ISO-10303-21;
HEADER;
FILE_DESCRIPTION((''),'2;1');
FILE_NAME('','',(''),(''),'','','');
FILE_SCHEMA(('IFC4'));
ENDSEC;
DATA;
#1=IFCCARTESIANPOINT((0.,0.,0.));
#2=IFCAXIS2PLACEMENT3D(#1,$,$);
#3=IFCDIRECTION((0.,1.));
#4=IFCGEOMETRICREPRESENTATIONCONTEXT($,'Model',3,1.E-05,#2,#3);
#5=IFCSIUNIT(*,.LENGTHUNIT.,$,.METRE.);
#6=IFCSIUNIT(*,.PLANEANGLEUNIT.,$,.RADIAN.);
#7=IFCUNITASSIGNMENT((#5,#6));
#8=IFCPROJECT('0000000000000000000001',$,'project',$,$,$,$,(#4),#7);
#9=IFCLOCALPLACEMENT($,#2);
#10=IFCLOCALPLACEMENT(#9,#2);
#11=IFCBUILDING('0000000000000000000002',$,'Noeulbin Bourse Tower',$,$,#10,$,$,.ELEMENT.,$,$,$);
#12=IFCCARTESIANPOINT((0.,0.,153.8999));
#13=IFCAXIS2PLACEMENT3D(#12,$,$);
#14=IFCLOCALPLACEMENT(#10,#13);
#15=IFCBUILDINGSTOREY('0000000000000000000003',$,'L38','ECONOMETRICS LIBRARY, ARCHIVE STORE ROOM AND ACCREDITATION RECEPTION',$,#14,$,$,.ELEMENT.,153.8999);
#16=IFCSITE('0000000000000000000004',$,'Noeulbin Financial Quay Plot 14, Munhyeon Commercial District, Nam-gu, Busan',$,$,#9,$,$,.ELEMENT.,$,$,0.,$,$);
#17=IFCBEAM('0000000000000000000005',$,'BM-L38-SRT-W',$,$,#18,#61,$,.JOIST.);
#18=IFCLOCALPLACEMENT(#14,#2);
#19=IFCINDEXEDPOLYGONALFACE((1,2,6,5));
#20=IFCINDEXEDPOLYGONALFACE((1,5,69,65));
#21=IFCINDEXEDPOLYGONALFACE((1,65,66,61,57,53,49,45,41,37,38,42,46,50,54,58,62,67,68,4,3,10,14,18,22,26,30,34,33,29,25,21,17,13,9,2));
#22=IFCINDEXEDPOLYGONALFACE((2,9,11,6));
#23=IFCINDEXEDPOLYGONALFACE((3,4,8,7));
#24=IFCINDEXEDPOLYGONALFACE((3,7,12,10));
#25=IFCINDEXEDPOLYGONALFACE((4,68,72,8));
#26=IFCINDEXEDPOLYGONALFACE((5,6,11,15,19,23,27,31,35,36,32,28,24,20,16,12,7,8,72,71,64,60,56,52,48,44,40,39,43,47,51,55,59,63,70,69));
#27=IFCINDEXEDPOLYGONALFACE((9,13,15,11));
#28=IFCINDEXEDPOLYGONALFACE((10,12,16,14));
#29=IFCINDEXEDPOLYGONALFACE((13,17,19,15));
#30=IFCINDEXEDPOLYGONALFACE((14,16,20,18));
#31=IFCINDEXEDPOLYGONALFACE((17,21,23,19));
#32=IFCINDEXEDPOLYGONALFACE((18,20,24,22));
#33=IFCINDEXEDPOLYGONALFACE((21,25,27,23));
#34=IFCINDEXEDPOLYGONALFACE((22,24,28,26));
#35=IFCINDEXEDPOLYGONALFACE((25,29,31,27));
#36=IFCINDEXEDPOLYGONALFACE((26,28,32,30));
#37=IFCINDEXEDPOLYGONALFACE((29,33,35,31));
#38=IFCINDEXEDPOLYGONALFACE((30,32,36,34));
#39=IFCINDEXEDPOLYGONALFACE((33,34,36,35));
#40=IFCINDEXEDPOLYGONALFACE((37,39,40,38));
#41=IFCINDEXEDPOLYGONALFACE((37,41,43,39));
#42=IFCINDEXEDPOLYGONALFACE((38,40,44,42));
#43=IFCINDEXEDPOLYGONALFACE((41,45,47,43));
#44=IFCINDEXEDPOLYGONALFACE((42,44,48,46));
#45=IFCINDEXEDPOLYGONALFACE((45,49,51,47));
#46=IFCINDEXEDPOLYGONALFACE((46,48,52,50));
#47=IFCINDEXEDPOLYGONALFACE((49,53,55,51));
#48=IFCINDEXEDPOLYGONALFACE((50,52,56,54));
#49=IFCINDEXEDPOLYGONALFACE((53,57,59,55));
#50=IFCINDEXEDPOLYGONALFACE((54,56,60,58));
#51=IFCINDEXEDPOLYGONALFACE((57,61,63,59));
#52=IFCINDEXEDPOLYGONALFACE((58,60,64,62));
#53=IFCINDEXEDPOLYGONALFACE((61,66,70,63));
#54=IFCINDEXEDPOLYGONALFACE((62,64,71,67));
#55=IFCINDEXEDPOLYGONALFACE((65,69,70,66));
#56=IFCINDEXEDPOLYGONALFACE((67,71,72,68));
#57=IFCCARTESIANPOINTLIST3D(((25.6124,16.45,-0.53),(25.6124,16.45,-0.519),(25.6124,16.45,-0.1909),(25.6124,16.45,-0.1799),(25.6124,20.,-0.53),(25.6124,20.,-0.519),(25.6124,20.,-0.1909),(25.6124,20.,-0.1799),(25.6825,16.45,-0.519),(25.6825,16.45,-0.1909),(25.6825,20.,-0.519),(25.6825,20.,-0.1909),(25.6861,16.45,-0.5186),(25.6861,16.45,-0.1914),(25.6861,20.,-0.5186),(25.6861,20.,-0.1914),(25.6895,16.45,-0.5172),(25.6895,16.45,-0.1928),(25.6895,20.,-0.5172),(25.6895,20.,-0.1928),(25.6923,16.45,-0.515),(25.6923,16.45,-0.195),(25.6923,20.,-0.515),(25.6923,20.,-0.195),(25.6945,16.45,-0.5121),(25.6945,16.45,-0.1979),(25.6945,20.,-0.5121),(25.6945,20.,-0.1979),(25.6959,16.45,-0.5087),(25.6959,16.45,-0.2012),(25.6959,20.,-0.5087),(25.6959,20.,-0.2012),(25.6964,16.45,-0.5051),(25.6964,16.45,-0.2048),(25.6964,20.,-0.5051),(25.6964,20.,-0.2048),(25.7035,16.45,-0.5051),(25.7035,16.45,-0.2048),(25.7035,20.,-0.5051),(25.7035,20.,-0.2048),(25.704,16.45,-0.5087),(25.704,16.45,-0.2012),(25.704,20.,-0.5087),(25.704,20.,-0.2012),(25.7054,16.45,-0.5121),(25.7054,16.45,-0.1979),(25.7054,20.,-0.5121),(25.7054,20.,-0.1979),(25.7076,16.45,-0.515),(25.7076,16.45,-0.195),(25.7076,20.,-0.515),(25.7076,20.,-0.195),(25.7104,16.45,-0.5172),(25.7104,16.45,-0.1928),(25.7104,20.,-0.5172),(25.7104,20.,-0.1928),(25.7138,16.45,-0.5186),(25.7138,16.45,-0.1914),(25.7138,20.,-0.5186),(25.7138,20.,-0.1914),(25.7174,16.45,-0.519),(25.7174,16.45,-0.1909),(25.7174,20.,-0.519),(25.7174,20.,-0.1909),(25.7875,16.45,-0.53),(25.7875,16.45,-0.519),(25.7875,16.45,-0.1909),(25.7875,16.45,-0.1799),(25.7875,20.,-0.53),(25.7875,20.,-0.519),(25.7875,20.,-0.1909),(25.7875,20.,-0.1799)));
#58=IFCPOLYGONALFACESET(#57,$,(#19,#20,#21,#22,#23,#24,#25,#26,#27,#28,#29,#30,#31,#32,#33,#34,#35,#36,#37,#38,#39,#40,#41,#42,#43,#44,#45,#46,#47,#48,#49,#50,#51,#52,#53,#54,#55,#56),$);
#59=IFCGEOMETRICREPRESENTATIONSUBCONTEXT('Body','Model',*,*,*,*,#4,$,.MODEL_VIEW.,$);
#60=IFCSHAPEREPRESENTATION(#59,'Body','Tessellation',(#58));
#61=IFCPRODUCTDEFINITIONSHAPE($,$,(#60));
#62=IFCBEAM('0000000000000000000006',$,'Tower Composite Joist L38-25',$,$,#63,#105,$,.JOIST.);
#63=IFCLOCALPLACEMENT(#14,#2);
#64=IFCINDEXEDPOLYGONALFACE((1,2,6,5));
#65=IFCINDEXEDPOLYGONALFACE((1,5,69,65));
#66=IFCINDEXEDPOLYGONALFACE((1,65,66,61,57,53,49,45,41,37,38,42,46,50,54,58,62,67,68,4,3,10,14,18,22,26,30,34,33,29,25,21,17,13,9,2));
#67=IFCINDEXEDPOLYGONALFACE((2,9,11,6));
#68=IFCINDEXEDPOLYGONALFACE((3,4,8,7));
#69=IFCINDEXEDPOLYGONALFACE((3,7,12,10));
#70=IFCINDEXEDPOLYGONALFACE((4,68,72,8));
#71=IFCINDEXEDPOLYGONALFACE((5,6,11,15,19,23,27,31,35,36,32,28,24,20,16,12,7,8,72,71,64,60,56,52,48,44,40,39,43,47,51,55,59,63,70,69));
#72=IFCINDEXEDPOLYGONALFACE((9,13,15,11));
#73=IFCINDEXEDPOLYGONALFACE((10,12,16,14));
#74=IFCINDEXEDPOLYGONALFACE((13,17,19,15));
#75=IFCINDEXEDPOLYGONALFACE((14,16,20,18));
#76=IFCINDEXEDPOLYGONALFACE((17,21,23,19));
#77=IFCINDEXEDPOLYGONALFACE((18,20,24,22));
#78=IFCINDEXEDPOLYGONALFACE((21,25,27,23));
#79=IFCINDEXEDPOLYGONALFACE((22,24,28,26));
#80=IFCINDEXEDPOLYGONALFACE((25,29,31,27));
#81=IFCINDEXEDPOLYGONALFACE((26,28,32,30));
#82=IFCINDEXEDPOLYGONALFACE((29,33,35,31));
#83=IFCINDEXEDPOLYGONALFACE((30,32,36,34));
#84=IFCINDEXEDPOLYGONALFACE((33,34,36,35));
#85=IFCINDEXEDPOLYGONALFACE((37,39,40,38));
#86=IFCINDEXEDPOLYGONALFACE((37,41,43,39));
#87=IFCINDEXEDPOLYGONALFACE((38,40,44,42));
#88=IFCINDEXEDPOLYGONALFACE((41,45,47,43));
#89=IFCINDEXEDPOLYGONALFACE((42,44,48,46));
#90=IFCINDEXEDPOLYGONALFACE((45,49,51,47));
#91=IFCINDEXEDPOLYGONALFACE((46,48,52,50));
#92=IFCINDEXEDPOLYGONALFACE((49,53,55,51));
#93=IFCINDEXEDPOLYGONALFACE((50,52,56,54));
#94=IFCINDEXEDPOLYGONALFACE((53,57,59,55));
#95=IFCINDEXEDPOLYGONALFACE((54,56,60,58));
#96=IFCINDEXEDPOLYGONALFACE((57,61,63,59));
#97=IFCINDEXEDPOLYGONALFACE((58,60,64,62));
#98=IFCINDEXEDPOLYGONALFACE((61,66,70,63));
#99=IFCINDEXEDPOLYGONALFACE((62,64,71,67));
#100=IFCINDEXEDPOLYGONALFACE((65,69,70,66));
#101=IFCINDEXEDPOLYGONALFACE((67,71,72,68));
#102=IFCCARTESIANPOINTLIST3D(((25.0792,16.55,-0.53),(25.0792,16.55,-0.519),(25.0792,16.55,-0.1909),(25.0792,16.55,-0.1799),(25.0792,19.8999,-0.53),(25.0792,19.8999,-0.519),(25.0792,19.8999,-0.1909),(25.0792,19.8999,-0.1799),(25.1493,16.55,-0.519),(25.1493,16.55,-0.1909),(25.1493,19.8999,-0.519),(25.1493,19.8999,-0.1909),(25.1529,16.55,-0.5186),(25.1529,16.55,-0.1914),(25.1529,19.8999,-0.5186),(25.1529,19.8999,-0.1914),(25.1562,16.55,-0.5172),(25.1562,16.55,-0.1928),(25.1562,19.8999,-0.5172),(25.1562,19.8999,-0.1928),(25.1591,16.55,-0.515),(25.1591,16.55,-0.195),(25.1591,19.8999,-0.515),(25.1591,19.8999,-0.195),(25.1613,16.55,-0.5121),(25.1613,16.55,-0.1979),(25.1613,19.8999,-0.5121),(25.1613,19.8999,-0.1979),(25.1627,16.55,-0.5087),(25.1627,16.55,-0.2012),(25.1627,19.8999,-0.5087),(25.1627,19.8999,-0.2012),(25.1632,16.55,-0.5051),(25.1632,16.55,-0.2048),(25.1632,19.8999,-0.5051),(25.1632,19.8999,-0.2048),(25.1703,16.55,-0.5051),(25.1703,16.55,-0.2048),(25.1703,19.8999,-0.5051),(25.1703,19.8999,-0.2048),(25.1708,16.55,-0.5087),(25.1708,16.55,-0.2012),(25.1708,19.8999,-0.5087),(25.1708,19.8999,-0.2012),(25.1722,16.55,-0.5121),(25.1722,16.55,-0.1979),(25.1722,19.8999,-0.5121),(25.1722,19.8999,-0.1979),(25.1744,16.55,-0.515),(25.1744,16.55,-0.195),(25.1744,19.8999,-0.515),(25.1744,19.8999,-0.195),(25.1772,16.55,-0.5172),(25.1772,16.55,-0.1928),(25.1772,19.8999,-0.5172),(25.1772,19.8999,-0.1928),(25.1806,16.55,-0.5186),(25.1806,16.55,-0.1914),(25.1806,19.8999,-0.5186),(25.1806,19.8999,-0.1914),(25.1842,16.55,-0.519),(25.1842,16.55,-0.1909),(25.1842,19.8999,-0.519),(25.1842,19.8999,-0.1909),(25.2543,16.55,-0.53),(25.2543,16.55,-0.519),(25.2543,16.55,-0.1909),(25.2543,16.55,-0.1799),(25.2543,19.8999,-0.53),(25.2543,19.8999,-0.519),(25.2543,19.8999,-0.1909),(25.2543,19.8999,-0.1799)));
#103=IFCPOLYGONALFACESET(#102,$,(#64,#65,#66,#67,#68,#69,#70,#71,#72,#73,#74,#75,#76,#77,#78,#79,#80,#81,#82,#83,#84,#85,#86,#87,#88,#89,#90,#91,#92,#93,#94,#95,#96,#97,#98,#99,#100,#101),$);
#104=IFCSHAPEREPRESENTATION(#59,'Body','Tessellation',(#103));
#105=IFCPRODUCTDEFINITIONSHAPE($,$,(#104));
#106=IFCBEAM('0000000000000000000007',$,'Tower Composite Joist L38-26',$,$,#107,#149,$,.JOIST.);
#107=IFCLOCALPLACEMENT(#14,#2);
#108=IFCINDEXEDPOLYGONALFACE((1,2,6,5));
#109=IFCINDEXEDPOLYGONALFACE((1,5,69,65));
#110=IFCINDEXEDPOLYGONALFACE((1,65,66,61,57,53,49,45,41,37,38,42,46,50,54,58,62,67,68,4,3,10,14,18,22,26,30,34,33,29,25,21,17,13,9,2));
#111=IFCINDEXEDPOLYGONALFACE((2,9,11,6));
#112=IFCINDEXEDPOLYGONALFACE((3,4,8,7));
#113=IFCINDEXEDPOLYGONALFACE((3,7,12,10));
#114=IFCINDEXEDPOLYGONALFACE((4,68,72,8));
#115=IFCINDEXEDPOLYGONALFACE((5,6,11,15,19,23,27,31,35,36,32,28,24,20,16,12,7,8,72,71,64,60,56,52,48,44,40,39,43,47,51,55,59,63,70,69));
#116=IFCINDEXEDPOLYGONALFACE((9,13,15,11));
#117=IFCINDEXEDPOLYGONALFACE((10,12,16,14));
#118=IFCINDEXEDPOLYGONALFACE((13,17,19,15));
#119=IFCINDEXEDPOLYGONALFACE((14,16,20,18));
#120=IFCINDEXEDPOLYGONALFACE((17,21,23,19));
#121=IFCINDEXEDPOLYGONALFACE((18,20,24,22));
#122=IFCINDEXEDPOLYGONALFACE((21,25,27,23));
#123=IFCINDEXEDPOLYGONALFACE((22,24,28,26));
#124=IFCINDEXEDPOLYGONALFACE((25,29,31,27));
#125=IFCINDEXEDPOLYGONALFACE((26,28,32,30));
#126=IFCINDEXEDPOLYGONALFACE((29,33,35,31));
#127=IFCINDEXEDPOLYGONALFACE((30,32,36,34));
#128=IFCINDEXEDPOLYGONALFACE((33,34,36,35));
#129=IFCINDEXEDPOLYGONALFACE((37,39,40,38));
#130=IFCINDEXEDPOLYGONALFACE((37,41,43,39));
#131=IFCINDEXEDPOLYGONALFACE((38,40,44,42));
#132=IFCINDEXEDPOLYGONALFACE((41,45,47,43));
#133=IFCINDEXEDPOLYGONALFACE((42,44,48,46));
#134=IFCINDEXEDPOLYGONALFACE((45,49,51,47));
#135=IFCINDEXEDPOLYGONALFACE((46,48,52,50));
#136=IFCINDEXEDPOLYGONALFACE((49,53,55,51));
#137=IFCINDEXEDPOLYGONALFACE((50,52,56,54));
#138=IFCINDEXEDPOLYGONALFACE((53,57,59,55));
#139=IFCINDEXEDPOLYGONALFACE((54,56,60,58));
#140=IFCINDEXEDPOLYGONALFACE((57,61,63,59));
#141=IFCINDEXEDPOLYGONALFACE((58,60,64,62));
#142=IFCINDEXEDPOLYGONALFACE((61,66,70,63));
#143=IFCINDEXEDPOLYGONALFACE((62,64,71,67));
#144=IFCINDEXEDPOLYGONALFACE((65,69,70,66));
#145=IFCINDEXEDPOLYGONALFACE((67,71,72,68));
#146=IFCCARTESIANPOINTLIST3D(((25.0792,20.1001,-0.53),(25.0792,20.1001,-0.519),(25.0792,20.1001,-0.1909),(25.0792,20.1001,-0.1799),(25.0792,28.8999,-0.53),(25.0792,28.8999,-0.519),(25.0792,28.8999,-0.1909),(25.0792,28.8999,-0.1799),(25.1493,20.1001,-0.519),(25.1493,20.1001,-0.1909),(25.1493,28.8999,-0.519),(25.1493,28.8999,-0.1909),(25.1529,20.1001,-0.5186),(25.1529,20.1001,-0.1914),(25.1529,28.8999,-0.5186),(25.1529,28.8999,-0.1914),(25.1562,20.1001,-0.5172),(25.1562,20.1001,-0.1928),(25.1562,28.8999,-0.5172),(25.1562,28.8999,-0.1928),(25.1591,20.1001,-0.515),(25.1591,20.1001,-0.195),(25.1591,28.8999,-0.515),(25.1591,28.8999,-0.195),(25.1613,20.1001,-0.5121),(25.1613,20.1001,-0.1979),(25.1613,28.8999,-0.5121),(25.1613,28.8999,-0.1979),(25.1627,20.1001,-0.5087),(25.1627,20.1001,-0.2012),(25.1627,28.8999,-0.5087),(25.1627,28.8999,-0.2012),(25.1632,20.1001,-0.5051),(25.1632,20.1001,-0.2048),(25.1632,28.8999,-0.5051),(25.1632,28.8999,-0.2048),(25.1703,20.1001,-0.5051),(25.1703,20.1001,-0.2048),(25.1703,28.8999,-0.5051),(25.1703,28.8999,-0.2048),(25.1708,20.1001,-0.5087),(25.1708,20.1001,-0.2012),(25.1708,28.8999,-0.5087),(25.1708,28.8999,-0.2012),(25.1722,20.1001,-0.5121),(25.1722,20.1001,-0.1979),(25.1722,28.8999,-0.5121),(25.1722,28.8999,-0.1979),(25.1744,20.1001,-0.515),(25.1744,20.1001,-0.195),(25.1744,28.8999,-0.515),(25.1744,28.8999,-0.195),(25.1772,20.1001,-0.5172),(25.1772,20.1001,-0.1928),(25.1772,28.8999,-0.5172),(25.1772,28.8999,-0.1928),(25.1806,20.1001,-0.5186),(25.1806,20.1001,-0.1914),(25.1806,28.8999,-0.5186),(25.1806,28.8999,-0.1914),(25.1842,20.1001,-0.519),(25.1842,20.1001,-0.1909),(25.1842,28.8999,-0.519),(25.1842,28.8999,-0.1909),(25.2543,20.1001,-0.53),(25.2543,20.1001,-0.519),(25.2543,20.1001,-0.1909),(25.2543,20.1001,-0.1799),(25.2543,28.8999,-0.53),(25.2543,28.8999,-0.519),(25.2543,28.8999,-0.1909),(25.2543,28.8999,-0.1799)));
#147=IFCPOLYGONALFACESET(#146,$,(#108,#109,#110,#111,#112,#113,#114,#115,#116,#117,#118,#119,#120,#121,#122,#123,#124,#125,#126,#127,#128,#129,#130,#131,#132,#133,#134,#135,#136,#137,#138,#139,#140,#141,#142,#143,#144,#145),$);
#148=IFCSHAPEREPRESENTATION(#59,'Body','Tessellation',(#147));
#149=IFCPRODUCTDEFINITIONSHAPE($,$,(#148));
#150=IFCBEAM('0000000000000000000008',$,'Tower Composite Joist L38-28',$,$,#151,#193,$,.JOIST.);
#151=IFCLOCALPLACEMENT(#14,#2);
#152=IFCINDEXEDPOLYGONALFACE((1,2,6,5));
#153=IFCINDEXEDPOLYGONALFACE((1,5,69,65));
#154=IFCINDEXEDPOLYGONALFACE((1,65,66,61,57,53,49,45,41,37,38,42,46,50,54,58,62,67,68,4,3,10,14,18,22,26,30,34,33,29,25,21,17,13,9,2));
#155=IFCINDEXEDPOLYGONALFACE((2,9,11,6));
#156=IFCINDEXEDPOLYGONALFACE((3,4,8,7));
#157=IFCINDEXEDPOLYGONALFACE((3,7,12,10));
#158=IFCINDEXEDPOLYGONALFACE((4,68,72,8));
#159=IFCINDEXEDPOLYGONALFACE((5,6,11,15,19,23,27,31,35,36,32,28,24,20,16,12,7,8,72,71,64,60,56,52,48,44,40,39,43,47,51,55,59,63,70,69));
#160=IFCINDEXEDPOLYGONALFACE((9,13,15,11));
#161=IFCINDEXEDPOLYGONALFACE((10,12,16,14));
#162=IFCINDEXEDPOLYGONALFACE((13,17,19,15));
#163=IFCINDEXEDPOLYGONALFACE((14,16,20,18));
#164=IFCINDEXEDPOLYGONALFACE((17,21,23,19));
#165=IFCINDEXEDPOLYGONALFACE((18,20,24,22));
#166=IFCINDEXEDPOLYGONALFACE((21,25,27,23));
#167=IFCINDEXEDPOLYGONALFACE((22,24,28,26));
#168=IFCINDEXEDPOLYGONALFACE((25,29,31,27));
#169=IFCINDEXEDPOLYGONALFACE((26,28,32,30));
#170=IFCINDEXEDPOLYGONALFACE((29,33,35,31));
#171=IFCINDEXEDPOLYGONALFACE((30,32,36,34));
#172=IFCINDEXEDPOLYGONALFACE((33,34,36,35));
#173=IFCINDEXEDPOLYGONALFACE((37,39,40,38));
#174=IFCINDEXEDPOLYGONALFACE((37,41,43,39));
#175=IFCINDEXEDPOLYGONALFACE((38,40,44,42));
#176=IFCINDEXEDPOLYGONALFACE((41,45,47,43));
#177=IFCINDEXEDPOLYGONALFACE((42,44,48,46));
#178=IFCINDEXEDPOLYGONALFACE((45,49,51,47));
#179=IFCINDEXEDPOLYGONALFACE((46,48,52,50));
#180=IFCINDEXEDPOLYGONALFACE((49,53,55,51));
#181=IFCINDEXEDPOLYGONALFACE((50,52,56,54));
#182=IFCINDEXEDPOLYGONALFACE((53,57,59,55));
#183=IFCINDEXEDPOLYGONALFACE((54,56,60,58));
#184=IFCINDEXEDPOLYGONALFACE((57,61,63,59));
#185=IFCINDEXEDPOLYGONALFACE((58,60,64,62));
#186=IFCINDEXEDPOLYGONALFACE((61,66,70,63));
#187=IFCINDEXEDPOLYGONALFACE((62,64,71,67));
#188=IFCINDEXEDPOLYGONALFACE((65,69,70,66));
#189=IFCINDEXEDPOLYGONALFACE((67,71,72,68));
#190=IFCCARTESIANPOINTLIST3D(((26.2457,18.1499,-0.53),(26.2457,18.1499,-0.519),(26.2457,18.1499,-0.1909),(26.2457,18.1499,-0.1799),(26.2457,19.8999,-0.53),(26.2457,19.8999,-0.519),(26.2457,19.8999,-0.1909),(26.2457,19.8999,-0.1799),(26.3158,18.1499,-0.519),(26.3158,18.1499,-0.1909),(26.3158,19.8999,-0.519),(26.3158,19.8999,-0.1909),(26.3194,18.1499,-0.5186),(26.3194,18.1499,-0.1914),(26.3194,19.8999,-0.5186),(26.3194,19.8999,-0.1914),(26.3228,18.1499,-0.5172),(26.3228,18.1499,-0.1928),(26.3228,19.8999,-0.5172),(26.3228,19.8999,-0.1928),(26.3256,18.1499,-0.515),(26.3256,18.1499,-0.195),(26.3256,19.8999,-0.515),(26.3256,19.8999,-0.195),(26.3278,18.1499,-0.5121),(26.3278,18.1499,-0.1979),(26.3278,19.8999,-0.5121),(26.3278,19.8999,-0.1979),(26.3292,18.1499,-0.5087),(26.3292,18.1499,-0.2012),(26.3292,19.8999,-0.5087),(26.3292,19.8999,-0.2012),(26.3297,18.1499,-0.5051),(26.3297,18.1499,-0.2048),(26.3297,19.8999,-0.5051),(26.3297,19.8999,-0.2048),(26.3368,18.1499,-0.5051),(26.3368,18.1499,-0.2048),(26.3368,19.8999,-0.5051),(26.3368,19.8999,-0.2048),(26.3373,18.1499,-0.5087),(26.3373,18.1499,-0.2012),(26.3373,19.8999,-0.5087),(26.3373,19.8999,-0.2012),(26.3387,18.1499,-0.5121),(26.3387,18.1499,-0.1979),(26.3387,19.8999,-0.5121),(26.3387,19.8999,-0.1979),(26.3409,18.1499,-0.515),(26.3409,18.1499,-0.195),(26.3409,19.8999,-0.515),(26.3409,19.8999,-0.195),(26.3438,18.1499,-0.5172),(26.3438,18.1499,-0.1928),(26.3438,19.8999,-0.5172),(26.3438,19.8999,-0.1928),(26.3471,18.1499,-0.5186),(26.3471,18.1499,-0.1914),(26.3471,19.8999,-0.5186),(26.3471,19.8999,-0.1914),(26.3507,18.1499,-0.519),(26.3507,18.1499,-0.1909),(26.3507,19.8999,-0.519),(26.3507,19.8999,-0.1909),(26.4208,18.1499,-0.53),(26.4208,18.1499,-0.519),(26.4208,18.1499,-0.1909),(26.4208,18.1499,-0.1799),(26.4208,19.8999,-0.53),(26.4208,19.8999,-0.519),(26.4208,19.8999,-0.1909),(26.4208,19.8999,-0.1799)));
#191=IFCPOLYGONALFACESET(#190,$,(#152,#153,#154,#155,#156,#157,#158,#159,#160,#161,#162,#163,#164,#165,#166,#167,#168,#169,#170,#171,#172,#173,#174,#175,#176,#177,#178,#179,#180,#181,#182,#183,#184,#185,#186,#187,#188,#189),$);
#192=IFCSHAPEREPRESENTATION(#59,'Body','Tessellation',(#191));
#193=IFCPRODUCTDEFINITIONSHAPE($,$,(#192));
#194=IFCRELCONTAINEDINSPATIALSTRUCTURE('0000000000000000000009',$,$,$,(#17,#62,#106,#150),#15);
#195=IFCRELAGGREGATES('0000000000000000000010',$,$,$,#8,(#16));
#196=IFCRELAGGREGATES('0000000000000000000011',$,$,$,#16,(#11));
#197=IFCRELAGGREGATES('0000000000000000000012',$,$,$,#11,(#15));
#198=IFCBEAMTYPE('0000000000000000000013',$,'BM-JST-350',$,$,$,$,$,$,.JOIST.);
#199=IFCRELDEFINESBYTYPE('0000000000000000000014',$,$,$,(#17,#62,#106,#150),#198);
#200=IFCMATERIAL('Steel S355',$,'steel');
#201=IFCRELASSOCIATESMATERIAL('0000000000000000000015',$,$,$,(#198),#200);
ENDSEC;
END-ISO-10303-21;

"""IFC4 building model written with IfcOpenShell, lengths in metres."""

from ifc_helpers import new_model, si_unit, direction, frame, origin, origin_2d, place, context, subcontext, project, spatial, i_section, extrude, material, material_profile, profile_set, type_object, element, save


model = new_model("IFC4")

# Units and contexts
model_context = context("Model", 3, precision=1e-05, world=origin(), true_north=direction((0.0, 1.0)))
body_context = subcontext(model_context, "Body", "Model", "MODEL_VIEW")
ifc_project = project(units=[si_unit("LENGTHUNIT", "METRE"), si_unit("PLANEANGLEUNIT", "RADIAN")], contexts=[model_context])

# Site, building, storey
site_placement = place(None, origin())
site = spatial("IfcSite", under=ifc_project, at=site_placement, Name="Noeulbin Financial Quay Plot 14, Munhyeon Commercial District, Nam-gu, Busan", CompositionType="ELEMENT", RefElevation=0.0)
building_placement = place(site_placement, origin())
building = spatial("IfcBuilding", under=site, at=building_placement, Name="Noeulbin Bourse Tower", CompositionType="ELEMENT")
storey_placement = place(building_placement, frame((0.0, 0.0, 153.8999)))
storey = spatial("IfcBuildingStorey", under=building, at=storey_placement, Name="L38", Description="ECONOMETRICS LIBRARY, ARCHIVE STORE ROOM AND ACCREDITATION RECEPTION", CompositionType="ELEMENT", Elevation=153.8999)

# Beams
ifc_material_1 = material(Name="Steel S355", Category="steel")
ifc_material_profile_1 = material_profile(ifc_material_1, i_section(OverallWidth=0.175, OverallDepth=0.3501, WebThickness=0.0071, FlangeThickness=0.011, FilletRadius=0.0139, at=origin_2d()), Name="H-350x175x7x11", Category="LoadBearing")
ifc_profile_set_1 = profile_set([ifc_material_profile_1], Name="Steel S355")
beam_type_1 = type_object("IfcBeamType", Name="BM-JST-350", PredefinedType="JOIST", material=ifc_profile_set_1)
beam_1_placement = place(storey_placement, frame((25.7, 16.45, -0.355), z_axis=(0.0, 1.0, 0.0), x_axis=(-1.0, 0.0, 0.0)))
element("IfcBeam", 1, at=beam_1_placement, inside=storey, type_object=beam_type_1, Name="BM-L38-SRT-W", PredefinedType="JOIST", context=body_context, shape_type="SweptSolid", body=[
    extrude(i_section(OverallWidth=0.175, OverallDepth=0.3501, WebThickness=0.0071, FlangeThickness=0.011, FilletRadius=0.0139, at=origin_2d()), origin(), (0.0, 0.0, 1.0), 3.55),
])
beam_2_placement = place(storey_placement, frame((25.1667, 16.55, -0.355), z_axis=(0.0, 1.0, 0.0), x_axis=(-1.0, 0.0, 0.0)))
element("IfcBeam", 2, at=beam_2_placement, inside=storey, type_object=beam_type_1, Name="Tower Composite Joist L38-25", PredefinedType="JOIST", context=body_context, shape_type="SweptSolid", body=[
    extrude(i_section(OverallWidth=0.175, OverallDepth=0.3501, WebThickness=0.0071, FlangeThickness=0.011, FilletRadius=0.0139, at=origin_2d()), origin(), (0.0, 0.0, 1.0), 3.3499),
])
beam_3_placement = place(storey_placement, frame((25.1667, 20.1001, -0.355), z_axis=(0.0, 1.0, 0.0), x_axis=(-1.0, 0.0, 0.0)))
element("IfcBeam", 3, at=beam_3_placement, inside=storey, type_object=beam_type_1, Name="Tower Composite Joist L38-26", PredefinedType="JOIST", context=body_context, shape_type="SweptSolid", body=[
    extrude(i_section(OverallWidth=0.175, OverallDepth=0.3501, WebThickness=0.0071, FlangeThickness=0.011, FilletRadius=0.0139, at=origin_2d()), origin(), (0.0, 0.0, 1.0), 8.7998),
])
beam_4_placement = place(storey_placement, frame((26.3333, 18.1499, -0.355), z_axis=(0.0, 1.0, 0.0), x_axis=(-1.0, 0.0, 0.0)))
element("IfcBeam", 4, at=beam_4_placement, inside=storey, type_object=beam_type_1, Name="Tower Composite Joist L38-28", PredefinedType="JOIST", context=body_context, shape_type="SweptSolid", body=[
    extrude(i_section(OverallWidth=0.175, OverallDepth=0.3501, WebThickness=0.0071, FlangeThickness=0.011, FilletRadius=0.0139, at=origin_2d()), origin(), (0.0, 0.0, 1.0), 1.75),
])

save(model, "model.ifc")
